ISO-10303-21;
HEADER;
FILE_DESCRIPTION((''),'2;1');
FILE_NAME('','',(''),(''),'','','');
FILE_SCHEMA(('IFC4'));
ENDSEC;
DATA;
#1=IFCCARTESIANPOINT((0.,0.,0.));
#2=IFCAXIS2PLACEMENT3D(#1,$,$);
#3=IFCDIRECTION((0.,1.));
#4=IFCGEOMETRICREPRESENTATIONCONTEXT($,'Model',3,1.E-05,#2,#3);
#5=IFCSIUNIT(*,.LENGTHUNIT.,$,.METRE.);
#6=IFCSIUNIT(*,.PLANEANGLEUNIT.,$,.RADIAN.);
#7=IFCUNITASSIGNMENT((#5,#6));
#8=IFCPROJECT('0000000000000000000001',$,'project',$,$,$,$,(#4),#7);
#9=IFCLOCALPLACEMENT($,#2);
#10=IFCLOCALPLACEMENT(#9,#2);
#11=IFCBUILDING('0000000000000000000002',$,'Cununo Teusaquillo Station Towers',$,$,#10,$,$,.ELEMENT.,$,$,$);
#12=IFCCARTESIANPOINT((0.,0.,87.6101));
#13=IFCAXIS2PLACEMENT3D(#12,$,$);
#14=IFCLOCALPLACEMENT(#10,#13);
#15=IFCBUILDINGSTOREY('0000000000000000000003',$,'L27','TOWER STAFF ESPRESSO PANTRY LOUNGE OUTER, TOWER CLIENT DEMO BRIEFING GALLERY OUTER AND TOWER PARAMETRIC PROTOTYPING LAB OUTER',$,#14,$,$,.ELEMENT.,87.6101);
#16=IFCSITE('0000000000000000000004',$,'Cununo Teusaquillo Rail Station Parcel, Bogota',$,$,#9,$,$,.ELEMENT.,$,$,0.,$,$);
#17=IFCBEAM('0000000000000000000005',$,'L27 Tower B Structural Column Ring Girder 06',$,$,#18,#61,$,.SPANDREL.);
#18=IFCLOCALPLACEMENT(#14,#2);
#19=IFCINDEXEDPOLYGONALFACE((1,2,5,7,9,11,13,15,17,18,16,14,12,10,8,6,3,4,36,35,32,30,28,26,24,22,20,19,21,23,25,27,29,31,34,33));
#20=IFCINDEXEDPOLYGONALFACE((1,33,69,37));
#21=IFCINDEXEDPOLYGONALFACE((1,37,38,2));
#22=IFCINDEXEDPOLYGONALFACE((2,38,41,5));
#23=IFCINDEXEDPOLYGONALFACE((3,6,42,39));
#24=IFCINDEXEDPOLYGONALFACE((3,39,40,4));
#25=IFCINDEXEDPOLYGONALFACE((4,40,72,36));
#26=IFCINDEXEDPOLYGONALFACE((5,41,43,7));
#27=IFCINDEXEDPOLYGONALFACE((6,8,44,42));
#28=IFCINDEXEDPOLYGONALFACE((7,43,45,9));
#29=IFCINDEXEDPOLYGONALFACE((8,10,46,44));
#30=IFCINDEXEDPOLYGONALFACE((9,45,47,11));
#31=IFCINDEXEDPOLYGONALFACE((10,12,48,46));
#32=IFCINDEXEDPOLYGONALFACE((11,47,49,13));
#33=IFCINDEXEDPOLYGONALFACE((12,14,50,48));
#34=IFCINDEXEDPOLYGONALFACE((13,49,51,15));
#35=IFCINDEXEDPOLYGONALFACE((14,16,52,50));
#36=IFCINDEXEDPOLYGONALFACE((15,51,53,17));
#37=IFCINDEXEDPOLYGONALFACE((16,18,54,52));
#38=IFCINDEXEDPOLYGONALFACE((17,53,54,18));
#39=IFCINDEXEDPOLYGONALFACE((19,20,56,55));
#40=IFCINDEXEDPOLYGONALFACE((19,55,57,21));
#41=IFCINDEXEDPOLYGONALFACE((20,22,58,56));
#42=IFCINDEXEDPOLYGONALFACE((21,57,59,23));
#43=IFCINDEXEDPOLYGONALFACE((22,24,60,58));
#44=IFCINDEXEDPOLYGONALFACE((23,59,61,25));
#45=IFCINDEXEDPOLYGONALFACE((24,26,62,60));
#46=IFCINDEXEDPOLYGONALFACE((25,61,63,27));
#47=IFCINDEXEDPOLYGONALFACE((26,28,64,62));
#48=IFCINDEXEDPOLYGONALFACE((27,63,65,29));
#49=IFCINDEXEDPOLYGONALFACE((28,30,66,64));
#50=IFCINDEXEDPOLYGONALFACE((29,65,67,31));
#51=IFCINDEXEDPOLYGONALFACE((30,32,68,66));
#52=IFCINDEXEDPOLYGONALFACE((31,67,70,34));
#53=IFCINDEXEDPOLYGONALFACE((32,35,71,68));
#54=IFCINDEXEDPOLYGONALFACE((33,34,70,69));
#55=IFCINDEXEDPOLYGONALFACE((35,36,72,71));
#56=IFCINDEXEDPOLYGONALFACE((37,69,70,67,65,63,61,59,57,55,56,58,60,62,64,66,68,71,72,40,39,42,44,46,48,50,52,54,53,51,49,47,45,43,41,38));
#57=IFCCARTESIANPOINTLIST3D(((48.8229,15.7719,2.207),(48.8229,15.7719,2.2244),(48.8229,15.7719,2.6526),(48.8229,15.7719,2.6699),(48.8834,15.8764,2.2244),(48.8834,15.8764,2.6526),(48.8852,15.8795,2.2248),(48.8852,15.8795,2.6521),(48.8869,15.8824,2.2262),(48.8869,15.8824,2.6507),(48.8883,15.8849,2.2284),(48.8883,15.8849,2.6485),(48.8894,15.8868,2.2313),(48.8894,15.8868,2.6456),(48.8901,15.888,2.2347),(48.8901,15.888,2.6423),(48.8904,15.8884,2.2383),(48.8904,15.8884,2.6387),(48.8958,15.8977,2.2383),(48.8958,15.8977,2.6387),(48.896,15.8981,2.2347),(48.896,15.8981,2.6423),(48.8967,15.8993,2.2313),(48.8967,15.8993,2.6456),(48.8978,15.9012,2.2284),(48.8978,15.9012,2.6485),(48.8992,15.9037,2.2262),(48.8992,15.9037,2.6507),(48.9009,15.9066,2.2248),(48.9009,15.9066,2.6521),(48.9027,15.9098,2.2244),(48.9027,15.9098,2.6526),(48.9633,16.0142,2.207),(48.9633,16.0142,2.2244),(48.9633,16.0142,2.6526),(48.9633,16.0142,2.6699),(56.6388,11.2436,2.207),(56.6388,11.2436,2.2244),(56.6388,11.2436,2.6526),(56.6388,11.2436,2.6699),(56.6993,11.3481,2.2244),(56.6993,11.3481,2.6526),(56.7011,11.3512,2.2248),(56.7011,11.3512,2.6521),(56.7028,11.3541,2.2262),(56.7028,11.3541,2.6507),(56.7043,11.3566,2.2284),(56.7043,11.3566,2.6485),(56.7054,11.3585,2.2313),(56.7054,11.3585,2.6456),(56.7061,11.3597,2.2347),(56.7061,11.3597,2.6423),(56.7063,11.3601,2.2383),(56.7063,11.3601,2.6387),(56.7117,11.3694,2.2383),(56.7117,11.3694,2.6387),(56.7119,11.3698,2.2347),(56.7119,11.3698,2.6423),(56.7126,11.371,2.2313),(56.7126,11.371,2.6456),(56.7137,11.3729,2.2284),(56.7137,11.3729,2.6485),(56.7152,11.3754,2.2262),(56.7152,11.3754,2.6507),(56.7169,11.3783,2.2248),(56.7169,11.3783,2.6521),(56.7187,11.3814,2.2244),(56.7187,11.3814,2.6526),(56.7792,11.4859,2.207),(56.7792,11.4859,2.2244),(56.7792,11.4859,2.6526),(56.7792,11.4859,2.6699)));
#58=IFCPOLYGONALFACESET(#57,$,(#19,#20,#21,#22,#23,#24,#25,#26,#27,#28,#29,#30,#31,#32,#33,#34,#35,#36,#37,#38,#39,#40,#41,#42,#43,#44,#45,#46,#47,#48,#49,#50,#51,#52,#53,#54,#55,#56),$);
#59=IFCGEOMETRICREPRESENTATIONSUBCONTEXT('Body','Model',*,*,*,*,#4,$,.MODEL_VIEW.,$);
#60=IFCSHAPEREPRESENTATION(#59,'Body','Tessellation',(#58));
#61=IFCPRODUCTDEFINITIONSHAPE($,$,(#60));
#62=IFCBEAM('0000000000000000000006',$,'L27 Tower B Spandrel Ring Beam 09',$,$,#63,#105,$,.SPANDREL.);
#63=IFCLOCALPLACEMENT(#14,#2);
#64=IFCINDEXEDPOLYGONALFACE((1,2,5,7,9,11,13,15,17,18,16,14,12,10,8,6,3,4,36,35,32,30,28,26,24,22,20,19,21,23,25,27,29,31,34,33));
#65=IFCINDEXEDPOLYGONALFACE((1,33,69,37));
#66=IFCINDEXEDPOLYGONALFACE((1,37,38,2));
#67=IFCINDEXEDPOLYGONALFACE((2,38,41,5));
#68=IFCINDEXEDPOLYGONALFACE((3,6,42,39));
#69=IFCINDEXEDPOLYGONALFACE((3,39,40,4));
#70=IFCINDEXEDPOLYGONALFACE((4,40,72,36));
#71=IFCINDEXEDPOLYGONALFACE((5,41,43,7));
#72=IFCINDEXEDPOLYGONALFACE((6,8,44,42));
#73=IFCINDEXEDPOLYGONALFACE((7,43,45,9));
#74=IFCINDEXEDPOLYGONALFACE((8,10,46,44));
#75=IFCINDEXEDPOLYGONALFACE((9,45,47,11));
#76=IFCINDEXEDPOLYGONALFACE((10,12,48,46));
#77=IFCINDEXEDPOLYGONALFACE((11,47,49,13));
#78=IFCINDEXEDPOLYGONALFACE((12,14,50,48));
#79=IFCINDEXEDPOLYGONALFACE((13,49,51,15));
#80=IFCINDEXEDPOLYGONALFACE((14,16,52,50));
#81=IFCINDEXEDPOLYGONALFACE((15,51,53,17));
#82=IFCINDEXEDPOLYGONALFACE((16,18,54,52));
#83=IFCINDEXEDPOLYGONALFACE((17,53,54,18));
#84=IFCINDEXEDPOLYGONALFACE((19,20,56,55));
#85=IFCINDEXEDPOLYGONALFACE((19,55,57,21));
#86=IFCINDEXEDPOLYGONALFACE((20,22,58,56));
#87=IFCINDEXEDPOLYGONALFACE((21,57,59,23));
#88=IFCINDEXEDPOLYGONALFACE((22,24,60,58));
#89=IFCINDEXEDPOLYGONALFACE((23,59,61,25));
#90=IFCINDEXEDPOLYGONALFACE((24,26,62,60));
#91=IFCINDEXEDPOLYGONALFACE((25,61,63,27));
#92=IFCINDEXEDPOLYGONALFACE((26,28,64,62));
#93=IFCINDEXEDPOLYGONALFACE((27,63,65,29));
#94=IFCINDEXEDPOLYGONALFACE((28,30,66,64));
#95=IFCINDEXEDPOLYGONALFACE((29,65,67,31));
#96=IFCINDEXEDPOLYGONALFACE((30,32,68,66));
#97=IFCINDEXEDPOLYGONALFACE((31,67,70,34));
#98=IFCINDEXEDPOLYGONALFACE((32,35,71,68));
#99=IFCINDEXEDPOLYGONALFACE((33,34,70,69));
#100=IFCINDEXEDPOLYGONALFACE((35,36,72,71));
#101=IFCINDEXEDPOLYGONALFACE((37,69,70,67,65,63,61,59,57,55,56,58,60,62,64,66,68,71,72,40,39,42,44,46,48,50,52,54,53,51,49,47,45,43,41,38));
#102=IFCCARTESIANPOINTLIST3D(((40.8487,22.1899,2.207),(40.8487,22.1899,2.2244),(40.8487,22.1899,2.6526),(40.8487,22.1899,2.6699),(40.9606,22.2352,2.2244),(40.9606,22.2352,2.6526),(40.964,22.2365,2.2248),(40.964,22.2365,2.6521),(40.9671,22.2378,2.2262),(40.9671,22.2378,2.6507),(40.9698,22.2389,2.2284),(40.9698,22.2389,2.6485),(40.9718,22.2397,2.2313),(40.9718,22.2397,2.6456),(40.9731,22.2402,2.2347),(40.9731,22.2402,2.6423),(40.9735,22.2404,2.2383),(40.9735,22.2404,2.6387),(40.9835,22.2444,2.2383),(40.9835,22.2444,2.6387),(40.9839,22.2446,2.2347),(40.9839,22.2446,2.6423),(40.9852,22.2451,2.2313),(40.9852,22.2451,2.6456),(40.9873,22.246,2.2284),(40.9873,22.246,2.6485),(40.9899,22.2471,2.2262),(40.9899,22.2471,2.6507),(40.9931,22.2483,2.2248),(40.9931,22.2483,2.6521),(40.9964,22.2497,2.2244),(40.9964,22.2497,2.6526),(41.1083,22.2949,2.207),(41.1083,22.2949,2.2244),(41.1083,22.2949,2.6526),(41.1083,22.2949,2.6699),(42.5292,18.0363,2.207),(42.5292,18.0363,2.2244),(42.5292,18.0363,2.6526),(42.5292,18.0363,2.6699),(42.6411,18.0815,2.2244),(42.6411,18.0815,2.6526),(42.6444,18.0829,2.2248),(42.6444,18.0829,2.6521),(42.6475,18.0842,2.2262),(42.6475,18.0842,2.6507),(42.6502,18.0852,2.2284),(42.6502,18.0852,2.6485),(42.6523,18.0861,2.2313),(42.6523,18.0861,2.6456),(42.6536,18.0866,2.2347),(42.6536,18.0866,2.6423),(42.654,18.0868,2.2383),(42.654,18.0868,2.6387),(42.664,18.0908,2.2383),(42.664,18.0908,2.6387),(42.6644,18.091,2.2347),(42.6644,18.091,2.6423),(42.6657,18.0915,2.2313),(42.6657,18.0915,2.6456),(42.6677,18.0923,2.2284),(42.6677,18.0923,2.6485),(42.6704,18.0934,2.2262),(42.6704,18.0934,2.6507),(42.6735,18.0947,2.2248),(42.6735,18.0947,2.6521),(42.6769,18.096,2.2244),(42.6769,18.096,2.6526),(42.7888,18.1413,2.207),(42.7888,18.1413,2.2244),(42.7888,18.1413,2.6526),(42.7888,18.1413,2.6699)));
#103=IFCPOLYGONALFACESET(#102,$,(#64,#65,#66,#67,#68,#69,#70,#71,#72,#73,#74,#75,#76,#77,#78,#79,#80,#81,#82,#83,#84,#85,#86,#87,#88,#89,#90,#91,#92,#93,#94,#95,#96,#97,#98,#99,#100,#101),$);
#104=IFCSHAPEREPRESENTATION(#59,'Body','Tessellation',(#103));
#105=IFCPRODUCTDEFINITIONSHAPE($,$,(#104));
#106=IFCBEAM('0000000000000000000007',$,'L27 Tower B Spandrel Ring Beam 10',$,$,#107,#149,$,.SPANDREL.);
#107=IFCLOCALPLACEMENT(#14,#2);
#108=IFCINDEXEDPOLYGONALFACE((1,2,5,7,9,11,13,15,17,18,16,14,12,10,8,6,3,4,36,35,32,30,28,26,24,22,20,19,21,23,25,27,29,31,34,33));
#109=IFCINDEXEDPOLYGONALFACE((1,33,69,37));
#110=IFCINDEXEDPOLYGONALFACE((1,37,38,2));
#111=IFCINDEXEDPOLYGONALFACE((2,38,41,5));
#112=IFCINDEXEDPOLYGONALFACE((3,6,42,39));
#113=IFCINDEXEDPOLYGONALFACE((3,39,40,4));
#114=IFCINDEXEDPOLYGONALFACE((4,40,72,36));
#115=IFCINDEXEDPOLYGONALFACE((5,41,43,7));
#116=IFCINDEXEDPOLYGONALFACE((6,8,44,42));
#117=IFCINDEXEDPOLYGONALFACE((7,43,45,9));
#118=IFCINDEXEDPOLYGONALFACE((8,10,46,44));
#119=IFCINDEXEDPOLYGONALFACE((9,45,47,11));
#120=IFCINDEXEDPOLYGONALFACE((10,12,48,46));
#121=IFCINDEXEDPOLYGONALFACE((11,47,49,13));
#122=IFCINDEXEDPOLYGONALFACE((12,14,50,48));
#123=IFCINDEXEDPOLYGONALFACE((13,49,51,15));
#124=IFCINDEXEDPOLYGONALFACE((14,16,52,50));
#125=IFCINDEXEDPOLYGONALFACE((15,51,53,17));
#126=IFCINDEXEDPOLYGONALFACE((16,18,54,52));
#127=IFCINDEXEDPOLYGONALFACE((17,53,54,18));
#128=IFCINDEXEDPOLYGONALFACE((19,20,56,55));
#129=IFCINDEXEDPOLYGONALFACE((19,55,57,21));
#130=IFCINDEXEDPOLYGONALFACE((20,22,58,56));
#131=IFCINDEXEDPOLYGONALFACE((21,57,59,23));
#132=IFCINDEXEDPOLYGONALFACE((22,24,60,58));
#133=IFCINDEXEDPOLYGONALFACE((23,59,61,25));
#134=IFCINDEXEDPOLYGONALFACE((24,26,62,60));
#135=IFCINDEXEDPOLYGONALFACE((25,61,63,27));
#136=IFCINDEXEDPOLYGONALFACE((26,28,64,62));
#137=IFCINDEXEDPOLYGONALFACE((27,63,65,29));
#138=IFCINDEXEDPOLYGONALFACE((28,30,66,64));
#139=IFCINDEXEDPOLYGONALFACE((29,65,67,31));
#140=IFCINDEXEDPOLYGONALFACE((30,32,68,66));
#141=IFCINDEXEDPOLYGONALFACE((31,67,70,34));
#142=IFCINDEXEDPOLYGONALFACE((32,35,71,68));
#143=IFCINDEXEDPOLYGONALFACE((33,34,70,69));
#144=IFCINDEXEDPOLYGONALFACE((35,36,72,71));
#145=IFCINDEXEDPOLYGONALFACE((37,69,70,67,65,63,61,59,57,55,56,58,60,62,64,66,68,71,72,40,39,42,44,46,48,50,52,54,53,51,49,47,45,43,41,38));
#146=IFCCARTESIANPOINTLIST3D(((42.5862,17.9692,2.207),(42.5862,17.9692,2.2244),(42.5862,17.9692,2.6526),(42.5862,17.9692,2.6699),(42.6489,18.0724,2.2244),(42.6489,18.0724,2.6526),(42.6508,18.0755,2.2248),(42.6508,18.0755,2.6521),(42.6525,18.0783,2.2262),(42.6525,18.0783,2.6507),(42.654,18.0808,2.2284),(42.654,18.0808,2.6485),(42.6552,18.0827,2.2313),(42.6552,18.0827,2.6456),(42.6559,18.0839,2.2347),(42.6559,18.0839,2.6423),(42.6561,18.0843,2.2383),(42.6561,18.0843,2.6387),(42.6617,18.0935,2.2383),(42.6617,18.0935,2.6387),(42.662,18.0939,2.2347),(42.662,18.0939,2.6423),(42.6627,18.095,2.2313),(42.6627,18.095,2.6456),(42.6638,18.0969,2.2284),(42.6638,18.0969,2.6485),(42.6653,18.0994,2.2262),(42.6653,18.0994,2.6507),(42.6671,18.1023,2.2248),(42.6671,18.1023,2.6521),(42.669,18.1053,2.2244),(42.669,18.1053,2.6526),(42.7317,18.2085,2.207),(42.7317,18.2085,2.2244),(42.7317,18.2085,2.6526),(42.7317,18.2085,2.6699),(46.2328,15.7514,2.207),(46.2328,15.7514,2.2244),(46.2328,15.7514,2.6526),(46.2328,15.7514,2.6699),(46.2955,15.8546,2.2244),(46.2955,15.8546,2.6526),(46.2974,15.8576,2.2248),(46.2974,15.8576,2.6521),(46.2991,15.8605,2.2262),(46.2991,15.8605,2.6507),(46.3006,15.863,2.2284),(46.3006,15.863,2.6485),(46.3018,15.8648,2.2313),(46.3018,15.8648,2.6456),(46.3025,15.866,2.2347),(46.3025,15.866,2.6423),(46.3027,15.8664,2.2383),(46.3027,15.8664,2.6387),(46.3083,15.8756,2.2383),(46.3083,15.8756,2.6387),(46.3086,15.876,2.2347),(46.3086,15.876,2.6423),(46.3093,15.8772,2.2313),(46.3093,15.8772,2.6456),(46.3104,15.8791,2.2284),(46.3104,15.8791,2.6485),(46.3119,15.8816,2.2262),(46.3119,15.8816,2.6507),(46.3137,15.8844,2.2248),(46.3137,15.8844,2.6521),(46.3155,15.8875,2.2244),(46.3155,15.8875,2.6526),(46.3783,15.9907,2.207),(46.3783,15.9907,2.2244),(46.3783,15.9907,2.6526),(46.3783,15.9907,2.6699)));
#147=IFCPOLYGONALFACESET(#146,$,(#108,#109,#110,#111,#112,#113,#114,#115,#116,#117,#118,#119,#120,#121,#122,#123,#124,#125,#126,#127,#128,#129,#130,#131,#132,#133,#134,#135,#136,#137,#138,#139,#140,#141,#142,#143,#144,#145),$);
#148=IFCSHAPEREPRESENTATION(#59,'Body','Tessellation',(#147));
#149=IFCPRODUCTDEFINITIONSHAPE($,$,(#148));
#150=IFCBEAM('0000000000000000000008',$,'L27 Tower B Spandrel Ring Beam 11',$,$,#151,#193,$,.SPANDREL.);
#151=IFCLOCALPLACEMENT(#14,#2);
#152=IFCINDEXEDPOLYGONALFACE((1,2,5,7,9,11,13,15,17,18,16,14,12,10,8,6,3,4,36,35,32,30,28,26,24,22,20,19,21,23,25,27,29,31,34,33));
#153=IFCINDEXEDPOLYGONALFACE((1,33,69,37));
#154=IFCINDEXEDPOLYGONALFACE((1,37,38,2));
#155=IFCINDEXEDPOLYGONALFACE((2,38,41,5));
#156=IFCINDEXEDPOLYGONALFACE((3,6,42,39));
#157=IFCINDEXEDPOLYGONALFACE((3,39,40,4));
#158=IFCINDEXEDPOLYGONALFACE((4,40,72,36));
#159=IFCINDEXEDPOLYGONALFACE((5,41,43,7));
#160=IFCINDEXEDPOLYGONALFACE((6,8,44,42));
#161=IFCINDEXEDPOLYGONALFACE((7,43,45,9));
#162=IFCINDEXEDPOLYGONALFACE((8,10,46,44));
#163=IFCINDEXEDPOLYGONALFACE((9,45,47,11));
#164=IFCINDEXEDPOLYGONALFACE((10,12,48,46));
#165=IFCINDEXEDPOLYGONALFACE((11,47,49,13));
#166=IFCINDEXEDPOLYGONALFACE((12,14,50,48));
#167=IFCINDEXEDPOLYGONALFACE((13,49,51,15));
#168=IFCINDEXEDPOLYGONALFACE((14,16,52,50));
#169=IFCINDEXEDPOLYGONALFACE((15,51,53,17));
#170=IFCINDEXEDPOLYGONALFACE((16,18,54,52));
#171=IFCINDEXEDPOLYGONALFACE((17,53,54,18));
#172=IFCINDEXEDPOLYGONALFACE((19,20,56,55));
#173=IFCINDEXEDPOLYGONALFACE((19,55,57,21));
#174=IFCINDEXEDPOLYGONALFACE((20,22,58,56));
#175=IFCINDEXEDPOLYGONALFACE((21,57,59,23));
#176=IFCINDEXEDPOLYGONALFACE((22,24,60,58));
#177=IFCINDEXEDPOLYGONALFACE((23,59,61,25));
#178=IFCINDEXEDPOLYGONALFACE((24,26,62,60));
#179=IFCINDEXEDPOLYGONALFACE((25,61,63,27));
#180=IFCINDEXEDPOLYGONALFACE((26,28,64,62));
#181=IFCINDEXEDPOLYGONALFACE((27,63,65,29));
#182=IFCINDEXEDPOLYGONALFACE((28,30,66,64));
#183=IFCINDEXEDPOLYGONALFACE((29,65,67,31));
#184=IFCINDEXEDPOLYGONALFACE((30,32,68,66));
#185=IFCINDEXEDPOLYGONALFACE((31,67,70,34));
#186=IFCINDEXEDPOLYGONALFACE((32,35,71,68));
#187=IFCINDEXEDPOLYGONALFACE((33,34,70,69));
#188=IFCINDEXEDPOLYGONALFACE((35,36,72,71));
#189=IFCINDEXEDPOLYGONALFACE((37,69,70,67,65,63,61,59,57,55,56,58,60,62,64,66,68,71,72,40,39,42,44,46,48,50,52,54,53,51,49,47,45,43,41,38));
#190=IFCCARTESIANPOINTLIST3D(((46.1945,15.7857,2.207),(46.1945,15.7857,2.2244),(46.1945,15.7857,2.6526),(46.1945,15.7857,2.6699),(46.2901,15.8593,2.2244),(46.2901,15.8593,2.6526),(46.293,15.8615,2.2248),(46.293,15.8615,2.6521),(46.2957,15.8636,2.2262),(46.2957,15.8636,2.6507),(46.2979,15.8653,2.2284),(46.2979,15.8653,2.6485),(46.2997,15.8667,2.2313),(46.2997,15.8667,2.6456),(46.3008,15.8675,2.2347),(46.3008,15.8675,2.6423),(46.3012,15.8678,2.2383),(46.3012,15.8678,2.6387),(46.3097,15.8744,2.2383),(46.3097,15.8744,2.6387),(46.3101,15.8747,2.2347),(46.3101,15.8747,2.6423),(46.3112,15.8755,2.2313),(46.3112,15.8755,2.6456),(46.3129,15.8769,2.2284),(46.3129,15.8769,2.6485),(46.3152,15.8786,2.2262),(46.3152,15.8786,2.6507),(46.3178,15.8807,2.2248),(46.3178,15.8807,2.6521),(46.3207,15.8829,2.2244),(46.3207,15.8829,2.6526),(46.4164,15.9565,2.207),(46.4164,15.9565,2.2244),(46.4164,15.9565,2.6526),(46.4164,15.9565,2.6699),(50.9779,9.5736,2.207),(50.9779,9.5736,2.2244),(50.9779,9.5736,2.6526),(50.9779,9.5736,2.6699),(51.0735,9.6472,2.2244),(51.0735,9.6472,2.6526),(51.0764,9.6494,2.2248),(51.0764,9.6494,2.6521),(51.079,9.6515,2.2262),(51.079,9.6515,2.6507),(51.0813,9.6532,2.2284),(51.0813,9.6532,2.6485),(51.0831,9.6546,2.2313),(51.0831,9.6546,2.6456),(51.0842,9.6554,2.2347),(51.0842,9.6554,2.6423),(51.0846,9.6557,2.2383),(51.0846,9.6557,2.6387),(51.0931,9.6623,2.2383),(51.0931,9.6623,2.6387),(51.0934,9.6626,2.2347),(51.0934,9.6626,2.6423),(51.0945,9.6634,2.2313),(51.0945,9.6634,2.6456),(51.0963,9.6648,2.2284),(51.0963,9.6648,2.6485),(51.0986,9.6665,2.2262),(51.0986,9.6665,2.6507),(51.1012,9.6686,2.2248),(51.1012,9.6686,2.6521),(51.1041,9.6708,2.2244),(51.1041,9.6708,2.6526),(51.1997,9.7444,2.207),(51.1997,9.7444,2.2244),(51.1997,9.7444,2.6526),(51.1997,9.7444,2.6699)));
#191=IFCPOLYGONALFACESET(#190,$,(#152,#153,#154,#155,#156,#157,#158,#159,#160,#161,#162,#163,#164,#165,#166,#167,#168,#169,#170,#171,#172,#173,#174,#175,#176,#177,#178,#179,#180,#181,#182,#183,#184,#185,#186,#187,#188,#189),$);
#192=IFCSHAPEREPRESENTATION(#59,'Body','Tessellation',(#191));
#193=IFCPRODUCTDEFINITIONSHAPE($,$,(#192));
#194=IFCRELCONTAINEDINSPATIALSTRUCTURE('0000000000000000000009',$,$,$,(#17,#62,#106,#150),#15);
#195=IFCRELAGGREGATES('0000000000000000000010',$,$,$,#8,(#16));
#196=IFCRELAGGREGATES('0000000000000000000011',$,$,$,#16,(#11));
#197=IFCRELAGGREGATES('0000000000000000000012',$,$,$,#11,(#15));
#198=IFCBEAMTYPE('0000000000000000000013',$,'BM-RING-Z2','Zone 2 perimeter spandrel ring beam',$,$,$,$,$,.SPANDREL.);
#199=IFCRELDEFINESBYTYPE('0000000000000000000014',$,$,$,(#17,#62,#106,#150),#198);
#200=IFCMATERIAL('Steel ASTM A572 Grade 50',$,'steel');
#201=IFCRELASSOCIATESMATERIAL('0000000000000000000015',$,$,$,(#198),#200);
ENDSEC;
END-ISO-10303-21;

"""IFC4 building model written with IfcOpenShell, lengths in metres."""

from ifc_helpers import new_model, si_unit, direction, frame, origin, origin_2d, place, context, subcontext, project, spatial, i_section, extrude, material, material_profile, profile_set, type_object, element, save


model = new_model("IFC4")

# Units and contexts
model_context = context("Model", 3, precision=1e-05, world=origin(), true_north=direction((0.0, 1.0)))
body_context = subcontext(model_context, "Body", "Model", "MODEL_VIEW")
ifc_project = project(units=[si_unit("LENGTHUNIT", "METRE"), si_unit("PLANEANGLEUNIT", "RADIAN")], contexts=[model_context])

# Site, building, storey
site_placement = place(None, origin())
site = spatial("IfcSite", under=ifc_project, at=site_placement, Name="Cununo Teusaquillo Rail Station Parcel, Bogota", CompositionType="ELEMENT", RefElevation=0.0)
building_placement = place(site_placement, origin())
building = spatial("IfcBuilding", under=site, at=building_placement, Name="Cununo Teusaquillo Station Towers", CompositionType="ELEMENT")
storey_placement = place(building_placement, frame((0.0, 0.0, 87.6101)))
storey = spatial("IfcBuildingStorey", under=building, at=storey_placement, Name="L27", Description="TOWER STAFF ESPRESSO PANTRY LOUNGE OUTER, TOWER CLIENT DEMO BRIEFING GALLERY OUTER AND TOWER PARAMETRIC PROTOTYPING LAB OUTER", CompositionType="ELEMENT", Elevation=87.6101)

# Beams
ifc_material_1 = material(Name="Steel ASTM A572 Grade 50", Category="steel")
ifc_material_profile_1 = material_profile(ifc_material_1, i_section(OverallWidth=0.28, OverallDepth=0.4629, WebThickness=0.0107, FlangeThickness=0.0173, FilletRadius=0.0139, at=origin_2d()), Name="W18X76")
ifc_profile_set_1 = profile_set([ifc_material_profile_1], Name="Steel ASTM A572 Grade 50")
beam_type_1 = type_object("IfcBeamType", Name="BM-RING-Z2", Description="Zone 2 perimeter spandrel ring beam", PredefinedType="SPANDREL", material=ifc_profile_set_1)
for number, where, z_axis, x_axis, name in (
    (1, (48.8931, 15.8931, 2.4385), (0.865267, -0.501311, 0.0), (0.501311, 0.865267, 0.0), "L27 Tower B Structural Column Ring Girder 06"),
):
    element("IfcBeam", number, at=place(storey_placement, frame(where, z_axis=z_axis, x_axis=x_axis)), inside=storey, type_object=beam_type_1, Name=name, PredefinedType="SPANDREL", context=body_context, shape_type="SweptSolid", body=[
        extrude(i_section(OverallWidth=0.28, OverallDepth=0.4629, WebThickness=0.0107, FlangeThickness=0.0173, FilletRadius=0.0139, at=origin_2d()), origin(), (0.0, 0.0, 1.0), 9.033),
    ])
beam_1_placement = place(storey_placement, frame((40.9785, 22.2424, 2.4385), z_axis=(0.375042, -0.927008, 0.0), x_axis=(0.927008, 0.375042, 0.0)))
element("IfcBeam", 2, at=beam_1_placement, inside=storey, type_object=beam_type_1, Name="L27 Tower B Spandrel Ring Beam 09", PredefinedType="SPANDREL", context=body_context, shape_type="SweptSolid", body=[
    extrude(i_section(OverallWidth=0.28, OverallDepth=0.4629, WebThickness=0.0107, FlangeThickness=0.0173, FilletRadius=0.0139, at=origin_2d()), origin(), (0.0, 0.0, 1.0), 4.4807),
])
beam_2_placement = place(storey_placement, frame((42.6589, 18.0889, 2.4385), z_axis=(0.854388, -0.519635, 0.0), x_axis=(0.519635, 0.854388, 0.0)))
element("IfcBeam", 3, at=beam_2_placement, inside=storey, type_object=beam_type_1, Name="L27 Tower B Spandrel Ring Beam 10", PredefinedType="SPANDREL", context=body_context, shape_type="SweptSolid", body=[
    extrude(i_section(OverallWidth=0.28, OverallDepth=0.4629, WebThickness=0.0107, FlangeThickness=0.0173, FilletRadius=0.0139, at=origin_2d()), origin(), (0.0, 0.0, 1.0), 4.2681),
])
beam_3_placement = place(storey_placement, frame((46.3054, 15.8711, 2.4385), z_axis=(0.6101, -0.792324, 0.0), x_axis=(0.792324, 0.6101, 0.0)))
element("IfcBeam", 4, at=beam_3_placement, inside=storey, type_object=beam_type_1, Name="L27 Tower B Spandrel Ring Beam 11", PredefinedType="SPANDREL", context=body_context, shape_type="SweptSolid", body=[
    extrude(i_section(OverallWidth=0.28, OverallDepth=0.4629, WebThickness=0.0107, FlangeThickness=0.0173, FilletRadius=0.0139, at=origin_2d()), origin(), (0.0, 0.0, 1.0), 7.8403),
])

save(model, "model.ifc")
